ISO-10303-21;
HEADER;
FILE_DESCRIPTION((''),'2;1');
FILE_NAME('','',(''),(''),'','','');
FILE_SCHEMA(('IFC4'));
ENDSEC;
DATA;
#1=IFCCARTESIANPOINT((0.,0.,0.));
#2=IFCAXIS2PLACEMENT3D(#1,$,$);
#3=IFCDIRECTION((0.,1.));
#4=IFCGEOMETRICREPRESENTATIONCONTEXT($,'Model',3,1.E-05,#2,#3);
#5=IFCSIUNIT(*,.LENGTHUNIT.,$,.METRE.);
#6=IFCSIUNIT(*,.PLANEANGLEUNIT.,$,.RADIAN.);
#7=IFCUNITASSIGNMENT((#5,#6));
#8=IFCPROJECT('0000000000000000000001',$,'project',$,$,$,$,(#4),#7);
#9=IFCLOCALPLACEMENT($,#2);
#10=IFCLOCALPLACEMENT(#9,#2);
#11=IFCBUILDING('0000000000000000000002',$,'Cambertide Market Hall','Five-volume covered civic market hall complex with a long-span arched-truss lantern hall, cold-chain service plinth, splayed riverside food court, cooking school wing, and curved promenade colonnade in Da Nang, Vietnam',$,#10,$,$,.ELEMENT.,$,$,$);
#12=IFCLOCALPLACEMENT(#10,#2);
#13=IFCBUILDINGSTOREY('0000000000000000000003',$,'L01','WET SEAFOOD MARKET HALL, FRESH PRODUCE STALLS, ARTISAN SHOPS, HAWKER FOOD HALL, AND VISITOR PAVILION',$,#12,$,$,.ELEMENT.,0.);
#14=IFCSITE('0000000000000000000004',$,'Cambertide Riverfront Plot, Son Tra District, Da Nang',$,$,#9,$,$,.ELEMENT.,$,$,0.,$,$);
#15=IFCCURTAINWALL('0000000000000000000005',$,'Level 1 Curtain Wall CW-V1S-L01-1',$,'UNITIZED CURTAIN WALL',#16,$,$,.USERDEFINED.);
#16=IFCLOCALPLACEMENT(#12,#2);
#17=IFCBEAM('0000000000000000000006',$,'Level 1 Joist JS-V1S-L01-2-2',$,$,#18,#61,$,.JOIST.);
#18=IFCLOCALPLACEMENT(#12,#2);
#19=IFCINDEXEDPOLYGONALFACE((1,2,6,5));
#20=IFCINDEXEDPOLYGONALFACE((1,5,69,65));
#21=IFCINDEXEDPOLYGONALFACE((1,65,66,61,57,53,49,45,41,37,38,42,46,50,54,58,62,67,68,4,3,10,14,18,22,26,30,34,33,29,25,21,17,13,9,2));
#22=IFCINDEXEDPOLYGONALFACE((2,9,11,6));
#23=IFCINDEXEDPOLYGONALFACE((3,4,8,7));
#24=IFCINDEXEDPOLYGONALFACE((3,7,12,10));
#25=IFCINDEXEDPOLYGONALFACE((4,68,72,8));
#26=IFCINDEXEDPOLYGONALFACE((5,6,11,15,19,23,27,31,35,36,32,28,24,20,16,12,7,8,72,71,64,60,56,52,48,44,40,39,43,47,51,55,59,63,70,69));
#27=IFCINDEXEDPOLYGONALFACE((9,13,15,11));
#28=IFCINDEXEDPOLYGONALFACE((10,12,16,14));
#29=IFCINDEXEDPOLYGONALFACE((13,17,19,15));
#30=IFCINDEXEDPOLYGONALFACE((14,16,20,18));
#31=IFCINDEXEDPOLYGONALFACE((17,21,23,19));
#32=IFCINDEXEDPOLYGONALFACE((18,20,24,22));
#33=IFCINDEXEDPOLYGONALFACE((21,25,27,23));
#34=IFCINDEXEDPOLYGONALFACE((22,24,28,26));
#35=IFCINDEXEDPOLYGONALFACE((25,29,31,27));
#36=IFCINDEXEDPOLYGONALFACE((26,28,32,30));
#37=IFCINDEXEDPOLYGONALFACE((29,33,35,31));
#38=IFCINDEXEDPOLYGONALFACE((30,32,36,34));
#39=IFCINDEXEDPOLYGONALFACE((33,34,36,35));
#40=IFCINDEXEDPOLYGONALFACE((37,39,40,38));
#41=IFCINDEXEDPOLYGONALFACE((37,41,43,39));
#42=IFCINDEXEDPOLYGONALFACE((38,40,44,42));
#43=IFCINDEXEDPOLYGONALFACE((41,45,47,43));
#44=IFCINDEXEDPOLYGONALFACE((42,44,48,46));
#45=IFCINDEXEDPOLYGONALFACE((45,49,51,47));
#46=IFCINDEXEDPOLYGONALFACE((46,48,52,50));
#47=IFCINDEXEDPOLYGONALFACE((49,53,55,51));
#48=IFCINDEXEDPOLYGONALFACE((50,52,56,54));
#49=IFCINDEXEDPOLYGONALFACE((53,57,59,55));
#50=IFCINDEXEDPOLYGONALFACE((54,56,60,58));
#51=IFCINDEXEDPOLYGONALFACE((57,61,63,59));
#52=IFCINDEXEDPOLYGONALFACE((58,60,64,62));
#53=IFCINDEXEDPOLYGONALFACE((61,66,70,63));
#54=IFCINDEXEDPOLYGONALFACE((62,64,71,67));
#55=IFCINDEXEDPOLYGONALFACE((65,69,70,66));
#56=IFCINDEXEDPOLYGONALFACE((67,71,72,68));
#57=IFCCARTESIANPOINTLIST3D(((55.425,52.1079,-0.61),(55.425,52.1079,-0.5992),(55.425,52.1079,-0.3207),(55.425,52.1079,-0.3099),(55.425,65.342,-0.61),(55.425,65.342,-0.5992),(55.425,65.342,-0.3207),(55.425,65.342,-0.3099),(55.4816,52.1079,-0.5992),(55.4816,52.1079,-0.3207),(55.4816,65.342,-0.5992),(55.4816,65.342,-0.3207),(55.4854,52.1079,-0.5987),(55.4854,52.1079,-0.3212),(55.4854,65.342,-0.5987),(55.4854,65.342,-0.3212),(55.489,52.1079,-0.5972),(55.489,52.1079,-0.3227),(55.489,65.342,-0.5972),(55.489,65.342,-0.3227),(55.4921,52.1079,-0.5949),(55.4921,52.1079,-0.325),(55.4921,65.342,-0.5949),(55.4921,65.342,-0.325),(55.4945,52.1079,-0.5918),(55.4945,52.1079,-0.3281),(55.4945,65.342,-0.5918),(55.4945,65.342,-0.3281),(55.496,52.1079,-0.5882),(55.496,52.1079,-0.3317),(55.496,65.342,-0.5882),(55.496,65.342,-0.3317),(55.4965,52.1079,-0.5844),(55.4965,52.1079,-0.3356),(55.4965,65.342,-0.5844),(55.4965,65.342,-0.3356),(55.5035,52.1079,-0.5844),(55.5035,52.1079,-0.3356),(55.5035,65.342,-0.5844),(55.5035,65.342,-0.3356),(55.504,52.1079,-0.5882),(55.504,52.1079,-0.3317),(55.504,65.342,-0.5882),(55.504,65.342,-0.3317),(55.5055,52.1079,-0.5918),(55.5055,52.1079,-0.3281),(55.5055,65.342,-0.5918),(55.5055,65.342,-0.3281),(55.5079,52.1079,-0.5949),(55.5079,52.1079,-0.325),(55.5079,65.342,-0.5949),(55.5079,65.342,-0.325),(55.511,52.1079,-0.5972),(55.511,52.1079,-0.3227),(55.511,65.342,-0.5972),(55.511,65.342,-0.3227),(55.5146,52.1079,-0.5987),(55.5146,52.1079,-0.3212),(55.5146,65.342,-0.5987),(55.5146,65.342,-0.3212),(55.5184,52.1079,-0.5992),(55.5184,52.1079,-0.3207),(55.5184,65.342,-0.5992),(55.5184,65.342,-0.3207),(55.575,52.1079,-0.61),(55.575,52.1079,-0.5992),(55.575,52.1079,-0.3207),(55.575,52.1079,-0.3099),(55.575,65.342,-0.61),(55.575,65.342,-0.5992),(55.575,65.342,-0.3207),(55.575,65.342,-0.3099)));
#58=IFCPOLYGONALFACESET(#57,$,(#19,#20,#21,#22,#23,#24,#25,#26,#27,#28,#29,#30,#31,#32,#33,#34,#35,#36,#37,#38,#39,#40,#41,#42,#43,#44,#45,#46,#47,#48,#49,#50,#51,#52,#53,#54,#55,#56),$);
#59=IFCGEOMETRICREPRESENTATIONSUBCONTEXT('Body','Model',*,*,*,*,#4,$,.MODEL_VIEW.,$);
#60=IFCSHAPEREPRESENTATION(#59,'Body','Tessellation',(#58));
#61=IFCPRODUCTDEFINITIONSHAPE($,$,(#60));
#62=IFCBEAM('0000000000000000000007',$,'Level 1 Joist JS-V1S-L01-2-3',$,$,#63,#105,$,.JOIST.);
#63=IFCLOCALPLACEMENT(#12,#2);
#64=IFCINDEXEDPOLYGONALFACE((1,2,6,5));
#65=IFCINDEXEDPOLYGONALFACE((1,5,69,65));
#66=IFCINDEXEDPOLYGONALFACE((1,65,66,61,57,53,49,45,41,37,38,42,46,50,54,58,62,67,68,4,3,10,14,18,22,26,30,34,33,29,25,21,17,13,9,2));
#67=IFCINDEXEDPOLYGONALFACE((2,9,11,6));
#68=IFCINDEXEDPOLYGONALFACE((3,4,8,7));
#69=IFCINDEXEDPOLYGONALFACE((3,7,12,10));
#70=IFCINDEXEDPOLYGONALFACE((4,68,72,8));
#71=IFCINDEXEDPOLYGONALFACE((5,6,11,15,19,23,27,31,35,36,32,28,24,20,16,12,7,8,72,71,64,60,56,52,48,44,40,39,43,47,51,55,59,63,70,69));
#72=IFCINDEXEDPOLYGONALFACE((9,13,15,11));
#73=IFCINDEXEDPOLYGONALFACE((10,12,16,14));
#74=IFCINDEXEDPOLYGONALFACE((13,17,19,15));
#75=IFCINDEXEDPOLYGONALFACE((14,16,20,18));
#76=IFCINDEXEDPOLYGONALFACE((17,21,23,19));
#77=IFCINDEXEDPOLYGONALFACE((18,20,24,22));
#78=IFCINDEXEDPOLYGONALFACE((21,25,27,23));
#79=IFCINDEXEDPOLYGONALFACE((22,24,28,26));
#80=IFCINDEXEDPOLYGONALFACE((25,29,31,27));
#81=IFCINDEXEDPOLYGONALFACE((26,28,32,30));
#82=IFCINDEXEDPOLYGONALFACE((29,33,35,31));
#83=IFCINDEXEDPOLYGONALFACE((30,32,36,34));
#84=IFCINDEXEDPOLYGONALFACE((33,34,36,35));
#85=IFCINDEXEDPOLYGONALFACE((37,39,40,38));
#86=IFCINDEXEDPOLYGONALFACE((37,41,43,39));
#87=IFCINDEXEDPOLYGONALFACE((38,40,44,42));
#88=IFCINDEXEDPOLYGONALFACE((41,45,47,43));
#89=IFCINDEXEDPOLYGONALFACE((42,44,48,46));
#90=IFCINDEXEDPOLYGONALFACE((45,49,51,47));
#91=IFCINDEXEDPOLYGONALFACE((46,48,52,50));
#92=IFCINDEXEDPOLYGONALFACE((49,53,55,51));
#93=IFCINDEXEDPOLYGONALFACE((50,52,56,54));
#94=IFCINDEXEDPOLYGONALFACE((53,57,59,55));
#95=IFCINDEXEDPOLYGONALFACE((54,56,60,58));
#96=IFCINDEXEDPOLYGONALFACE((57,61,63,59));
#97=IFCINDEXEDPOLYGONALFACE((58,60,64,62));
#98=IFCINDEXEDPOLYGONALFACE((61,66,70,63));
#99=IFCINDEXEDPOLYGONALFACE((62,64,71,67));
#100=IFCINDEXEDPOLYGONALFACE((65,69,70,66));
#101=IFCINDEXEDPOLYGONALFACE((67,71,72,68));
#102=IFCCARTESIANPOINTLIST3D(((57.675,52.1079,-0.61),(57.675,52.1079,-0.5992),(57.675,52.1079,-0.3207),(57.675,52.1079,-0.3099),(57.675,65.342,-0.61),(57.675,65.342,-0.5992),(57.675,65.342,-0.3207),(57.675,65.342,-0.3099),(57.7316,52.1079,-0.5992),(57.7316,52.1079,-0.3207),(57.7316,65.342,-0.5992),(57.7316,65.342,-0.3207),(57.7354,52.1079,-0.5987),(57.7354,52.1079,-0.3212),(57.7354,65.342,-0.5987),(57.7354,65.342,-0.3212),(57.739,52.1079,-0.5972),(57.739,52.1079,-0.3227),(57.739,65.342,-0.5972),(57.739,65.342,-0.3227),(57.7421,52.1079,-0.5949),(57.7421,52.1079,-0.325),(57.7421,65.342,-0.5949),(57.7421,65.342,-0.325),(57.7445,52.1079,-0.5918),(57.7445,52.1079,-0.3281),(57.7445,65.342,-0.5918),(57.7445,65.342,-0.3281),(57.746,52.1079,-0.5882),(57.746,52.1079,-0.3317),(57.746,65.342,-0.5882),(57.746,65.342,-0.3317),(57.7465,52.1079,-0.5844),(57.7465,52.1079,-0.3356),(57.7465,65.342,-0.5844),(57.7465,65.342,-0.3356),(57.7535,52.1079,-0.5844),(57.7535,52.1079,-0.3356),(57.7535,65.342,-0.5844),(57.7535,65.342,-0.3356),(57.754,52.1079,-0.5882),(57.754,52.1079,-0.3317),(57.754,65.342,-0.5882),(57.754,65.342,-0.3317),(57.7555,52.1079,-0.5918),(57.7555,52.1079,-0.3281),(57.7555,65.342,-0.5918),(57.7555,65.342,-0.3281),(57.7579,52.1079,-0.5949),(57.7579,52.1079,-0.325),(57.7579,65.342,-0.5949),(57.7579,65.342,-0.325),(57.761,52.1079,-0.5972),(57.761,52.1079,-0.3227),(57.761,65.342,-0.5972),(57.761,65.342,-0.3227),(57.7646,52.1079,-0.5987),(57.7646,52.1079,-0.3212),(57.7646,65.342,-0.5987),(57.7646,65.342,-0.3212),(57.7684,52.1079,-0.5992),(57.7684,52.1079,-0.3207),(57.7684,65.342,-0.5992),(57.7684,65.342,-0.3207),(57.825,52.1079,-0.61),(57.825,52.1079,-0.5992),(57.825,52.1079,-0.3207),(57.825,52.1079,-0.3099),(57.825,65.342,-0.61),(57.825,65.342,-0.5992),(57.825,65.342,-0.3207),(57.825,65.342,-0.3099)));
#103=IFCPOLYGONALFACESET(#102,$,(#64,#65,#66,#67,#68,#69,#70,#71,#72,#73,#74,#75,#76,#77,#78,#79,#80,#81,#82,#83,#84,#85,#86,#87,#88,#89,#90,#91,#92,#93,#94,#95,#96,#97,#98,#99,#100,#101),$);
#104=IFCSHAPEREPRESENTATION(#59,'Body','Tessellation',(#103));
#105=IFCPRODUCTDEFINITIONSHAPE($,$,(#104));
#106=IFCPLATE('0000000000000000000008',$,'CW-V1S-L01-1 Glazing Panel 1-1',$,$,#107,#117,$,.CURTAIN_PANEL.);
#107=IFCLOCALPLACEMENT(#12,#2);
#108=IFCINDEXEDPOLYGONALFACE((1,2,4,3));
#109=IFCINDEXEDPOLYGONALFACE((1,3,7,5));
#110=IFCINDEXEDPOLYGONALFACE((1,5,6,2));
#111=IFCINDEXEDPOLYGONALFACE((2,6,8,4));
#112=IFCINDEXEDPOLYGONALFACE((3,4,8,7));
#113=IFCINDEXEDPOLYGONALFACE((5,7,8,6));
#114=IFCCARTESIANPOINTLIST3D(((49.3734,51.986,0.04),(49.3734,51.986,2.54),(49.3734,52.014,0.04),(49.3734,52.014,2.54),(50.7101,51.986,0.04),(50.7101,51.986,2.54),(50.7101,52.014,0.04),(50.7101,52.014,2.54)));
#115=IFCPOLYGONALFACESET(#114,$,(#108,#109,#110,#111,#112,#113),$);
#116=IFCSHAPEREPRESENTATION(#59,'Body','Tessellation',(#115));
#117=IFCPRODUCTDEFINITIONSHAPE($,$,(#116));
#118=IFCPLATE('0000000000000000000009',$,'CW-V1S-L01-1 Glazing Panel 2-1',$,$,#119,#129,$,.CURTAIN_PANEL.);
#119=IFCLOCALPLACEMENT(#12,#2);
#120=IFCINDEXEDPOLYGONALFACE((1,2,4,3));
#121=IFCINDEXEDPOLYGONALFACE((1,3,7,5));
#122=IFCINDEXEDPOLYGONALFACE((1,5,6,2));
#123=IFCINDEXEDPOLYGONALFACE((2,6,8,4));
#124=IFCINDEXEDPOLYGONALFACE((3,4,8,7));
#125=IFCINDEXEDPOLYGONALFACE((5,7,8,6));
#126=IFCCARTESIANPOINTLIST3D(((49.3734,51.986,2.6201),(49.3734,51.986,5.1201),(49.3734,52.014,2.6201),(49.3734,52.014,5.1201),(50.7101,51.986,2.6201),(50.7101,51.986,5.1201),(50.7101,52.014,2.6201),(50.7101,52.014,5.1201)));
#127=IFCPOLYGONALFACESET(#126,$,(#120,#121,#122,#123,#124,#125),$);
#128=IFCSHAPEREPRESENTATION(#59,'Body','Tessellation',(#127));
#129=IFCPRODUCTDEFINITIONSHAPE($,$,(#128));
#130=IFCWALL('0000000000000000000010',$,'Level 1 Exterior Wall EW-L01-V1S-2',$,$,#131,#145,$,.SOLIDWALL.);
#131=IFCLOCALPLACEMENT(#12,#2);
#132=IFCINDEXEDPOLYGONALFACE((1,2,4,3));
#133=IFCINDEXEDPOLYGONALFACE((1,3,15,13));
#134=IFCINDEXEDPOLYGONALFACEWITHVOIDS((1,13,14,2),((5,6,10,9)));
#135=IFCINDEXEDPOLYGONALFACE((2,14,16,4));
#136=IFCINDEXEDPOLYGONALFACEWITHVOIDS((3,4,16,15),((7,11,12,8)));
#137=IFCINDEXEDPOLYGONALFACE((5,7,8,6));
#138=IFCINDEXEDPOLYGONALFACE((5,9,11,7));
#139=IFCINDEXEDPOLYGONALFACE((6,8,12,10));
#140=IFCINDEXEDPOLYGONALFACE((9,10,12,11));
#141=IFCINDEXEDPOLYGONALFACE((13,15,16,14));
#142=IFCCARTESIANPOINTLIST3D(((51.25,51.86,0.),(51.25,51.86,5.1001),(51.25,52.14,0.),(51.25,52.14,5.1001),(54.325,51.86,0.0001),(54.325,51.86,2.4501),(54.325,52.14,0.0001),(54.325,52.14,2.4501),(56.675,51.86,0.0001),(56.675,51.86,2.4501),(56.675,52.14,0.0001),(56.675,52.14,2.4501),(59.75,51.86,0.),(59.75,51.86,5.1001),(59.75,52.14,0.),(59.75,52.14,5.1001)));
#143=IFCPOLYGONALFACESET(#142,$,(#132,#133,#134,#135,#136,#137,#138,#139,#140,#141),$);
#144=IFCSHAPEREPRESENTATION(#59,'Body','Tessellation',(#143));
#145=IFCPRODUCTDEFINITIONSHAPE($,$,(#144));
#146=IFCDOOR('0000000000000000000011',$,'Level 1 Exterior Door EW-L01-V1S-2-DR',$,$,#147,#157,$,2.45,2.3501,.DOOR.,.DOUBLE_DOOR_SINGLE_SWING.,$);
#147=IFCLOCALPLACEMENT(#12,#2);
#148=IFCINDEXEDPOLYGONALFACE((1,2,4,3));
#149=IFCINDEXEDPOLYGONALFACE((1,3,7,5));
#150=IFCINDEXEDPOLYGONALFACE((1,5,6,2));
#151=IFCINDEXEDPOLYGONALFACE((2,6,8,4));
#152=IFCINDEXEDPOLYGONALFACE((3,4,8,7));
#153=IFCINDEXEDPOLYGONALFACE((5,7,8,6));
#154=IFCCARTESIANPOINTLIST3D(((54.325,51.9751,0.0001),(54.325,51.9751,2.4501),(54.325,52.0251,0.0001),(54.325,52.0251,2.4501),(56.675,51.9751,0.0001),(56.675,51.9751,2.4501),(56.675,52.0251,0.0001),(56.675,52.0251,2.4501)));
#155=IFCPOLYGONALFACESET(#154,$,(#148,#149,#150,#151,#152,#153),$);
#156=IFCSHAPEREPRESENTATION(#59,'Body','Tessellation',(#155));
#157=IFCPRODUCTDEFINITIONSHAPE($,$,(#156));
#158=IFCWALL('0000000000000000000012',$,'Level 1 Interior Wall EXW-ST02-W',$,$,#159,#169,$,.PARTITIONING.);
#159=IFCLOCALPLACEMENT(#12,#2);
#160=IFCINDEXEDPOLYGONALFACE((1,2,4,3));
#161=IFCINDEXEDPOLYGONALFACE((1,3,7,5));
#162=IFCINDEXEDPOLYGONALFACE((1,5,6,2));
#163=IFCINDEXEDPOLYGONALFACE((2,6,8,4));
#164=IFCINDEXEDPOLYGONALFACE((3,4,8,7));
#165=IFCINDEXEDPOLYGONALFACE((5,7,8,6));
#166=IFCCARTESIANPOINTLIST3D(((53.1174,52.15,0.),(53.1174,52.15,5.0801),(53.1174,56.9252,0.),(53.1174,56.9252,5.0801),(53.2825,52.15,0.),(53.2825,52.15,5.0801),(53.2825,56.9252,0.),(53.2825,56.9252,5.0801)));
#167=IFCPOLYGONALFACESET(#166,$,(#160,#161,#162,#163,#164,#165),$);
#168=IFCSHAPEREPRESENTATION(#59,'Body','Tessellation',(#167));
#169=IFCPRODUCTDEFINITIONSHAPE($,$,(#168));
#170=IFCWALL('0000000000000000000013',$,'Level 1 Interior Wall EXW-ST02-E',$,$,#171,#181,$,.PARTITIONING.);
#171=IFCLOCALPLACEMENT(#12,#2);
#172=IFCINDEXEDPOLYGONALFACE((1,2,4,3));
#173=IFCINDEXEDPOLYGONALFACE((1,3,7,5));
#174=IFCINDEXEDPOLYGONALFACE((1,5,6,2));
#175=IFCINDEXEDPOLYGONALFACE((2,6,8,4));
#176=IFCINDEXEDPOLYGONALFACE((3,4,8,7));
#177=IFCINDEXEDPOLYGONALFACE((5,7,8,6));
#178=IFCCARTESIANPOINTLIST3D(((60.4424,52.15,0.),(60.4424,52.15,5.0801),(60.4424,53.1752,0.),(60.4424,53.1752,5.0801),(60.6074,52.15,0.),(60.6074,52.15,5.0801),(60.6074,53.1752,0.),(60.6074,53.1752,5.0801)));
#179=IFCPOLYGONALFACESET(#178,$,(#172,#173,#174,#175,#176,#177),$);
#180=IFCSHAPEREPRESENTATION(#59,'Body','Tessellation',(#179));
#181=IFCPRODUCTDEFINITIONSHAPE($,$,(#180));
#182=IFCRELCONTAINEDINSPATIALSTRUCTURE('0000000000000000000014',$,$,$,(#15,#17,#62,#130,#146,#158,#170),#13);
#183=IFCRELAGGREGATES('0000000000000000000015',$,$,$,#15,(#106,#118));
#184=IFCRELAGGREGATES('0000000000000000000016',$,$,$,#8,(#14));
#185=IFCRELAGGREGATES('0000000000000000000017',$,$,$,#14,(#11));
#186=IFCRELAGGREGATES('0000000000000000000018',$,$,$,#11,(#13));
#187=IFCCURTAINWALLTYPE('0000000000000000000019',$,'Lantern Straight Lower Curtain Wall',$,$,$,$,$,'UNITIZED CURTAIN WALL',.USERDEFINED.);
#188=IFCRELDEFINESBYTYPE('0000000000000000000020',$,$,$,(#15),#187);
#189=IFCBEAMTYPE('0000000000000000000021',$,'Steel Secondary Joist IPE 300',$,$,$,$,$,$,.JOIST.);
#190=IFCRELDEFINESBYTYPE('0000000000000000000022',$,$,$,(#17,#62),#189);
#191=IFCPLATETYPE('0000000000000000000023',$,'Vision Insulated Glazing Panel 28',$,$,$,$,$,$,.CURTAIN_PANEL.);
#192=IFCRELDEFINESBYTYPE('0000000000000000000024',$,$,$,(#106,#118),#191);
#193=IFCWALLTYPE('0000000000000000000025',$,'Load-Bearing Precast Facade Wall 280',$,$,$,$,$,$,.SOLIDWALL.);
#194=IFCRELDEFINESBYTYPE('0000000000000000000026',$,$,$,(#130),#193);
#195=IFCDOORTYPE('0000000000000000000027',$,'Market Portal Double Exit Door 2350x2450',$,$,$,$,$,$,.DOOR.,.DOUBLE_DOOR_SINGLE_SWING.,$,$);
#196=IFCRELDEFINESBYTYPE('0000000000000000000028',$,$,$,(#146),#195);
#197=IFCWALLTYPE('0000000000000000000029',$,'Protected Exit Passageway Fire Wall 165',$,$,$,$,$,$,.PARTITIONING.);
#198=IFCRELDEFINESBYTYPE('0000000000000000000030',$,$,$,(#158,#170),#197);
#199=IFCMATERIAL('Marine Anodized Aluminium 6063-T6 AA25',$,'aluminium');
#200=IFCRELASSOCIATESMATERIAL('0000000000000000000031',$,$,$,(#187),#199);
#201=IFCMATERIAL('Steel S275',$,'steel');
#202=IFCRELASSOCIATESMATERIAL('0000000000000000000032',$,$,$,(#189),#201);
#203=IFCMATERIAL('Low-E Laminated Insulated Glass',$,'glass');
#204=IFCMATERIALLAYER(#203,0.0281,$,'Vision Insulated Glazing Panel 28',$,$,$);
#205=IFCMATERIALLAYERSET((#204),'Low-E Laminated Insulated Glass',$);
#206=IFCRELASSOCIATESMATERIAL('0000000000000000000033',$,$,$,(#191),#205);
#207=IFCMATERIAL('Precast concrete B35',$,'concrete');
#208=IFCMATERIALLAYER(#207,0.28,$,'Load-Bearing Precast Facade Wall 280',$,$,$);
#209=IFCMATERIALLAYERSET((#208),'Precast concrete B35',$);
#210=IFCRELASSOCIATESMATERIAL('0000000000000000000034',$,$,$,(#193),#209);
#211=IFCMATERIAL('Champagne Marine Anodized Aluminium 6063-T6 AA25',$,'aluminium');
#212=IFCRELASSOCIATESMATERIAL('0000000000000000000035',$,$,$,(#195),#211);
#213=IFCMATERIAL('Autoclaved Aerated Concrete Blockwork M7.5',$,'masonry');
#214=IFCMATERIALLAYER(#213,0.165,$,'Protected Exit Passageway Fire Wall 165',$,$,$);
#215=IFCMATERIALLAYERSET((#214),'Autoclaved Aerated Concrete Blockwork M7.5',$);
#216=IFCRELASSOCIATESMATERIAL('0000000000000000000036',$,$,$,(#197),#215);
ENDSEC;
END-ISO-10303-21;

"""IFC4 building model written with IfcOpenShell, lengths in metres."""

from ifc_helpers import new_model, si_unit, direction, frame, frame_2d, origin, origin_2d, place, context, subcontext, project, spatial, rectangle, i_section, extrude, material, layer, layer_set, material_profile, profile_set, type_object, element, fill, aggregate, save


model = new_model("IFC4")

# Units and contexts
model_context = context("Model", 3, precision=1e-05, world=origin(), true_north=direction((0.0, 1.0)))
body_context = subcontext(model_context, "Body", "Model", "MODEL_VIEW")
ifc_project = project(units=[si_unit("LENGTHUNIT", "METRE"), si_unit("PLANEANGLEUNIT", "RADIAN")], contexts=[model_context])

# Site, building, storey
site_placement = place(None, origin())
site = spatial("IfcSite", under=ifc_project, at=site_placement, Name="Cambertide Riverfront Plot, Son Tra District, Da Nang", CompositionType="ELEMENT", RefElevation=0.0)
building_placement = place(site_placement, origin())
building = spatial("IfcBuilding", under=site, at=building_placement, Name="Cambertide Market Hall", Description="Five-volume covered civic market hall complex with a long-span arched-truss lantern hall, cold-chain service plinth, splayed riverside food court, cooking school wing, and curved promenade colonnade in Da Nang, Vietnam", CompositionType="ELEMENT")
storey_placement = place(building_placement, origin())
storey = spatial("IfcBuildingStorey", under=building, at=storey_placement, Name="L01", Description="WET SEAFOOD MARKET HALL, FRESH PRODUCE STALLS, ARTISAN SHOPS, HAWKER FOOD HALL, AND VISITOR PAVILION", CompositionType="ELEMENT", Elevation=0.0)

# Curtain wall
ifc_material_1 = material(Name="Marine Anodized Aluminium 6063-T6 AA25", Category="aluminium")
curtain_wall_type = type_object("IfcCurtainWallType", Name="Lantern Straight Lower Curtain Wall", ElementType="UNITIZED CURTAIN WALL", PredefinedType="USERDEFINED", material=ifc_material_1)
curtain_wall_1_placement = place(storey_placement, origin())
curtain_wall_1 = element("IfcCurtainWall", 1, at=curtain_wall_1_placement, inside=storey, type_object=curtain_wall_type, Name="Level 1 Curtain Wall CW-V1S-L01-1", ObjectType="UNITIZED CURTAIN WALL", PredefinedType="USERDEFINED")

# Beams
ifc_material_2 = material(Name="Steel S275", Category="steel")
ifc_material_profile_1 = material_profile(ifc_material_2, i_section(OverallWidth=0.1499, OverallDepth=0.3, WebThickness=0.0071, FlangeThickness=0.0107, FilletRadius=0.0149, at=origin_2d()), Name="IPE 300")
ifc_profile_set_1 = profile_set([ifc_material_profile_1], Name="Steel S275")
beam_type_1 = type_object("IfcBeamType", Name="Steel Secondary Joist IPE 300", PredefinedType="JOIST", material=ifc_profile_set_1)
for number, where, z_axis, x_axis, name in (
    (2, (55.5, 52.1079, -0.46), (0.0, 1.0, 0.0), (-1.0, 0.0, 0.0), "Level 1 Joist JS-V1S-L01-2-2"),
    (3, (57.75, 52.1079, -0.46), (0.0, 1.0, 0.0), (-1.0, 0.0, 0.0), "Level 1 Joist JS-V1S-L01-2-3"),
):
    element("IfcBeam", number, at=place(storey_placement, frame(where, z_axis=z_axis, x_axis=x_axis)), inside=storey, type_object=beam_type_1, Name=name, PredefinedType="JOIST", context=body_context, shape_type="SweptSolid", body=[
        extrude(i_section(OverallWidth=0.1499, OverallDepth=0.3, WebThickness=0.0071, FlangeThickness=0.0107, FilletRadius=0.0149, at=origin_2d()), origin(), (0.0, 0.0, 1.0), 13.2341),
    ])

# Plates
ifc_material_3 = material(Name="Low-E Laminated Insulated Glass", Category="glass")
ifc_layer_1 = layer(ifc_material_3, 0.0281, Name="Vision Insulated Glazing Panel 28")
ifc_layer_set_1 = layer_set([ifc_layer_1], Name="Low-E Laminated Insulated Glass")
plate_type = type_object("IfcPlateType", Name="Vision Insulated Glazing Panel 28", PredefinedType="CURTAIN_PANEL", material=ifc_layer_set_1)
plate_1_placement = place(storey_placement, frame((50.0417, 52.0, 0.04), z_axis=(0.0, 0.0, 1.0), x_axis=(-1.0, 0.0, 0.0)))
plate_1 = element("IfcPlate", 4, at=plate_1_placement, type_object=plate_type, Name="CW-V1S-L01-1 Glazing Panel 1-1", PredefinedType="CURTAIN_PANEL", context=body_context, shape_type="SweptSolid", body=[
    extrude(rectangle(XDim=1.3367, YDim=0.0281, at=origin_2d()), origin(), (0.0, 0.0, 1.0), 2.5),
])
plate_2_placement = place(storey_placement, frame((50.0417, 52.0, 2.6201), z_axis=(0.0, 0.0, 1.0), x_axis=(-1.0, 0.0, 0.0)))
plate_2 = element("IfcPlate", 5, at=plate_2_placement, type_object=plate_type, Name="CW-V1S-L01-1 Glazing Panel 2-1", PredefinedType="CURTAIN_PANEL", context=body_context, shape_type="SweptSolid", body=[
    extrude(rectangle(XDim=1.3367, YDim=0.0281, at=origin_2d()), origin(), (0.0, 0.0, 1.0), 2.5),
])
aggregate(curtain_wall_1, [plate_1, plate_2])

# Wall, opening, door
ifc_material_4 = material(Name="Precast concrete B35", Category="concrete")
ifc_layer_2 = layer(ifc_material_4, 0.28, Name="Load-Bearing Precast Facade Wall 280")
ifc_layer_set_2 = layer_set([ifc_layer_2], Name="Precast concrete B35")
wall_type_1 = type_object("IfcWallType", Name="Load-Bearing Precast Facade Wall 280", PredefinedType="SOLIDWALL", material=ifc_layer_set_2)
wall_1_placement = place(storey_placement, frame((59.75, 52.0, 0.0), z_axis=(0.0, 0.0, 1.0), x_axis=(-1.0, 0.0, 0.0)))
wall_1 = element("IfcWall", 6, at=wall_1_placement, inside=storey, type_object=wall_type_1, Name="Level 1 Exterior Wall EW-L01-V1S-2", PredefinedType="SOLIDWALL", context=body_context, shape_type="SweptSolid", body=[
    extrude(rectangle(XDim=8.5, YDim=0.28, at=frame_2d((4.25, 0.0))), origin(), (0.0, 0.0, 1.0), 5.1001),
])
opening_1_placement = place(wall_1_placement, frame((3.075, 0.0, 0.0)))
opening_1 = element("IfcOpeningElement", 7, at=opening_1_placement, cuts=wall_1, PredefinedType="OPENING", context=body_context, shape_type="SweptSolid", body=[
    extrude(rectangle(XDim=2.3501, YDim=2.45, at=frame_2d((1.175, 1.2251))), frame((0.0, 0.1499, 0.0), z_axis=(0.0, -1.0, 0.0), x_axis=(1.0, 0.0, 0.0)), (0.0, 0.0, 1.0), 0.3),
])
ifc_material_5 = material(Name="Champagne Marine Anodized Aluminium 6063-T6 AA25", Category="aluminium")
door_type_1 = type_object("IfcDoorType", Name="Market Portal Double Exit Door 2350x2450", OperationType="DOUBLE_DOOR_SINGLE_SWING", PredefinedType="DOOR", material=ifc_material_5)
door_1_placement = place(opening_1_placement, origin())
door_1 = element("IfcDoor", 8, at=door_1_placement, inside=storey, type_object=door_type_1, Name="Level 1 Exterior Door EW-L01-V1S-2-DR", OperationType="DOUBLE_DOOR_SINGLE_SWING", OverallHeight=2.45, OverallWidth=2.3501, PredefinedType="DOOR", context=body_context, shape_type="SweptSolid", body=[
    extrude(rectangle(XDim=2.3501, YDim=2.45, at=frame_2d((1.175, 1.2251))), frame((0.0, 0.0249, 0.0), z_axis=(0.0, -1.0, 0.0), x_axis=(1.0, 0.0, 0.0)), (0.0, 0.0, 1.0), 0.05),
])
fill(opening_1, door_1)

# Walls
ifc_material_6 = material(Name="Autoclaved Aerated Concrete Blockwork M7.5", Category="masonry")
ifc_layer_3 = layer(ifc_material_6, 0.165, Name="Protected Exit Passageway Fire Wall 165")
ifc_layer_set_3 = layer_set([ifc_layer_3], Name="Autoclaved Aerated Concrete Blockwork M7.5")
wall_type_2 = type_object("IfcWallType", Name="Protected Exit Passageway Fire Wall 165", PredefinedType="PARTITIONING", material=ifc_layer_set_3)
wall_2_placement = place(storey_placement, frame((53.2, 52.1499, 0.0), z_axis=(0.0, 0.0, 1.0), x_axis=(0.0, 1.0, 0.0)))
element("IfcWall", 9, at=wall_2_placement, inside=storey, type_object=wall_type_2, Name="Level 1 Interior Wall EXW-ST02-W", PredefinedType="PARTITIONING", context=body_context, shape_type="SweptSolid", body=[
    extrude(rectangle(XDim=4.7751, YDim=0.165, at=frame_2d((2.3877, 0.0))), origin(), (0.0, 0.0, 1.0), 5.0801),
])
wall_3_placement = place(storey_placement, frame((60.5249, 52.1499, 0.0), z_axis=(0.0, 0.0, 1.0), x_axis=(0.0, 1.0, 0.0)))
element("IfcWall", 10, at=wall_3_placement, inside=storey, type_object=wall_type_2, Name="Level 1 Interior Wall EXW-ST02-E", PredefinedType="PARTITIONING", context=body_context, shape_type="SweptSolid", body=[
    extrude(rectangle(XDim=1.0251, YDim=0.165, at=frame_2d((0.5127, 0.0))), origin(), (0.0, 0.0, 1.0), 5.0801),
])

save(model, "model.ifc")
